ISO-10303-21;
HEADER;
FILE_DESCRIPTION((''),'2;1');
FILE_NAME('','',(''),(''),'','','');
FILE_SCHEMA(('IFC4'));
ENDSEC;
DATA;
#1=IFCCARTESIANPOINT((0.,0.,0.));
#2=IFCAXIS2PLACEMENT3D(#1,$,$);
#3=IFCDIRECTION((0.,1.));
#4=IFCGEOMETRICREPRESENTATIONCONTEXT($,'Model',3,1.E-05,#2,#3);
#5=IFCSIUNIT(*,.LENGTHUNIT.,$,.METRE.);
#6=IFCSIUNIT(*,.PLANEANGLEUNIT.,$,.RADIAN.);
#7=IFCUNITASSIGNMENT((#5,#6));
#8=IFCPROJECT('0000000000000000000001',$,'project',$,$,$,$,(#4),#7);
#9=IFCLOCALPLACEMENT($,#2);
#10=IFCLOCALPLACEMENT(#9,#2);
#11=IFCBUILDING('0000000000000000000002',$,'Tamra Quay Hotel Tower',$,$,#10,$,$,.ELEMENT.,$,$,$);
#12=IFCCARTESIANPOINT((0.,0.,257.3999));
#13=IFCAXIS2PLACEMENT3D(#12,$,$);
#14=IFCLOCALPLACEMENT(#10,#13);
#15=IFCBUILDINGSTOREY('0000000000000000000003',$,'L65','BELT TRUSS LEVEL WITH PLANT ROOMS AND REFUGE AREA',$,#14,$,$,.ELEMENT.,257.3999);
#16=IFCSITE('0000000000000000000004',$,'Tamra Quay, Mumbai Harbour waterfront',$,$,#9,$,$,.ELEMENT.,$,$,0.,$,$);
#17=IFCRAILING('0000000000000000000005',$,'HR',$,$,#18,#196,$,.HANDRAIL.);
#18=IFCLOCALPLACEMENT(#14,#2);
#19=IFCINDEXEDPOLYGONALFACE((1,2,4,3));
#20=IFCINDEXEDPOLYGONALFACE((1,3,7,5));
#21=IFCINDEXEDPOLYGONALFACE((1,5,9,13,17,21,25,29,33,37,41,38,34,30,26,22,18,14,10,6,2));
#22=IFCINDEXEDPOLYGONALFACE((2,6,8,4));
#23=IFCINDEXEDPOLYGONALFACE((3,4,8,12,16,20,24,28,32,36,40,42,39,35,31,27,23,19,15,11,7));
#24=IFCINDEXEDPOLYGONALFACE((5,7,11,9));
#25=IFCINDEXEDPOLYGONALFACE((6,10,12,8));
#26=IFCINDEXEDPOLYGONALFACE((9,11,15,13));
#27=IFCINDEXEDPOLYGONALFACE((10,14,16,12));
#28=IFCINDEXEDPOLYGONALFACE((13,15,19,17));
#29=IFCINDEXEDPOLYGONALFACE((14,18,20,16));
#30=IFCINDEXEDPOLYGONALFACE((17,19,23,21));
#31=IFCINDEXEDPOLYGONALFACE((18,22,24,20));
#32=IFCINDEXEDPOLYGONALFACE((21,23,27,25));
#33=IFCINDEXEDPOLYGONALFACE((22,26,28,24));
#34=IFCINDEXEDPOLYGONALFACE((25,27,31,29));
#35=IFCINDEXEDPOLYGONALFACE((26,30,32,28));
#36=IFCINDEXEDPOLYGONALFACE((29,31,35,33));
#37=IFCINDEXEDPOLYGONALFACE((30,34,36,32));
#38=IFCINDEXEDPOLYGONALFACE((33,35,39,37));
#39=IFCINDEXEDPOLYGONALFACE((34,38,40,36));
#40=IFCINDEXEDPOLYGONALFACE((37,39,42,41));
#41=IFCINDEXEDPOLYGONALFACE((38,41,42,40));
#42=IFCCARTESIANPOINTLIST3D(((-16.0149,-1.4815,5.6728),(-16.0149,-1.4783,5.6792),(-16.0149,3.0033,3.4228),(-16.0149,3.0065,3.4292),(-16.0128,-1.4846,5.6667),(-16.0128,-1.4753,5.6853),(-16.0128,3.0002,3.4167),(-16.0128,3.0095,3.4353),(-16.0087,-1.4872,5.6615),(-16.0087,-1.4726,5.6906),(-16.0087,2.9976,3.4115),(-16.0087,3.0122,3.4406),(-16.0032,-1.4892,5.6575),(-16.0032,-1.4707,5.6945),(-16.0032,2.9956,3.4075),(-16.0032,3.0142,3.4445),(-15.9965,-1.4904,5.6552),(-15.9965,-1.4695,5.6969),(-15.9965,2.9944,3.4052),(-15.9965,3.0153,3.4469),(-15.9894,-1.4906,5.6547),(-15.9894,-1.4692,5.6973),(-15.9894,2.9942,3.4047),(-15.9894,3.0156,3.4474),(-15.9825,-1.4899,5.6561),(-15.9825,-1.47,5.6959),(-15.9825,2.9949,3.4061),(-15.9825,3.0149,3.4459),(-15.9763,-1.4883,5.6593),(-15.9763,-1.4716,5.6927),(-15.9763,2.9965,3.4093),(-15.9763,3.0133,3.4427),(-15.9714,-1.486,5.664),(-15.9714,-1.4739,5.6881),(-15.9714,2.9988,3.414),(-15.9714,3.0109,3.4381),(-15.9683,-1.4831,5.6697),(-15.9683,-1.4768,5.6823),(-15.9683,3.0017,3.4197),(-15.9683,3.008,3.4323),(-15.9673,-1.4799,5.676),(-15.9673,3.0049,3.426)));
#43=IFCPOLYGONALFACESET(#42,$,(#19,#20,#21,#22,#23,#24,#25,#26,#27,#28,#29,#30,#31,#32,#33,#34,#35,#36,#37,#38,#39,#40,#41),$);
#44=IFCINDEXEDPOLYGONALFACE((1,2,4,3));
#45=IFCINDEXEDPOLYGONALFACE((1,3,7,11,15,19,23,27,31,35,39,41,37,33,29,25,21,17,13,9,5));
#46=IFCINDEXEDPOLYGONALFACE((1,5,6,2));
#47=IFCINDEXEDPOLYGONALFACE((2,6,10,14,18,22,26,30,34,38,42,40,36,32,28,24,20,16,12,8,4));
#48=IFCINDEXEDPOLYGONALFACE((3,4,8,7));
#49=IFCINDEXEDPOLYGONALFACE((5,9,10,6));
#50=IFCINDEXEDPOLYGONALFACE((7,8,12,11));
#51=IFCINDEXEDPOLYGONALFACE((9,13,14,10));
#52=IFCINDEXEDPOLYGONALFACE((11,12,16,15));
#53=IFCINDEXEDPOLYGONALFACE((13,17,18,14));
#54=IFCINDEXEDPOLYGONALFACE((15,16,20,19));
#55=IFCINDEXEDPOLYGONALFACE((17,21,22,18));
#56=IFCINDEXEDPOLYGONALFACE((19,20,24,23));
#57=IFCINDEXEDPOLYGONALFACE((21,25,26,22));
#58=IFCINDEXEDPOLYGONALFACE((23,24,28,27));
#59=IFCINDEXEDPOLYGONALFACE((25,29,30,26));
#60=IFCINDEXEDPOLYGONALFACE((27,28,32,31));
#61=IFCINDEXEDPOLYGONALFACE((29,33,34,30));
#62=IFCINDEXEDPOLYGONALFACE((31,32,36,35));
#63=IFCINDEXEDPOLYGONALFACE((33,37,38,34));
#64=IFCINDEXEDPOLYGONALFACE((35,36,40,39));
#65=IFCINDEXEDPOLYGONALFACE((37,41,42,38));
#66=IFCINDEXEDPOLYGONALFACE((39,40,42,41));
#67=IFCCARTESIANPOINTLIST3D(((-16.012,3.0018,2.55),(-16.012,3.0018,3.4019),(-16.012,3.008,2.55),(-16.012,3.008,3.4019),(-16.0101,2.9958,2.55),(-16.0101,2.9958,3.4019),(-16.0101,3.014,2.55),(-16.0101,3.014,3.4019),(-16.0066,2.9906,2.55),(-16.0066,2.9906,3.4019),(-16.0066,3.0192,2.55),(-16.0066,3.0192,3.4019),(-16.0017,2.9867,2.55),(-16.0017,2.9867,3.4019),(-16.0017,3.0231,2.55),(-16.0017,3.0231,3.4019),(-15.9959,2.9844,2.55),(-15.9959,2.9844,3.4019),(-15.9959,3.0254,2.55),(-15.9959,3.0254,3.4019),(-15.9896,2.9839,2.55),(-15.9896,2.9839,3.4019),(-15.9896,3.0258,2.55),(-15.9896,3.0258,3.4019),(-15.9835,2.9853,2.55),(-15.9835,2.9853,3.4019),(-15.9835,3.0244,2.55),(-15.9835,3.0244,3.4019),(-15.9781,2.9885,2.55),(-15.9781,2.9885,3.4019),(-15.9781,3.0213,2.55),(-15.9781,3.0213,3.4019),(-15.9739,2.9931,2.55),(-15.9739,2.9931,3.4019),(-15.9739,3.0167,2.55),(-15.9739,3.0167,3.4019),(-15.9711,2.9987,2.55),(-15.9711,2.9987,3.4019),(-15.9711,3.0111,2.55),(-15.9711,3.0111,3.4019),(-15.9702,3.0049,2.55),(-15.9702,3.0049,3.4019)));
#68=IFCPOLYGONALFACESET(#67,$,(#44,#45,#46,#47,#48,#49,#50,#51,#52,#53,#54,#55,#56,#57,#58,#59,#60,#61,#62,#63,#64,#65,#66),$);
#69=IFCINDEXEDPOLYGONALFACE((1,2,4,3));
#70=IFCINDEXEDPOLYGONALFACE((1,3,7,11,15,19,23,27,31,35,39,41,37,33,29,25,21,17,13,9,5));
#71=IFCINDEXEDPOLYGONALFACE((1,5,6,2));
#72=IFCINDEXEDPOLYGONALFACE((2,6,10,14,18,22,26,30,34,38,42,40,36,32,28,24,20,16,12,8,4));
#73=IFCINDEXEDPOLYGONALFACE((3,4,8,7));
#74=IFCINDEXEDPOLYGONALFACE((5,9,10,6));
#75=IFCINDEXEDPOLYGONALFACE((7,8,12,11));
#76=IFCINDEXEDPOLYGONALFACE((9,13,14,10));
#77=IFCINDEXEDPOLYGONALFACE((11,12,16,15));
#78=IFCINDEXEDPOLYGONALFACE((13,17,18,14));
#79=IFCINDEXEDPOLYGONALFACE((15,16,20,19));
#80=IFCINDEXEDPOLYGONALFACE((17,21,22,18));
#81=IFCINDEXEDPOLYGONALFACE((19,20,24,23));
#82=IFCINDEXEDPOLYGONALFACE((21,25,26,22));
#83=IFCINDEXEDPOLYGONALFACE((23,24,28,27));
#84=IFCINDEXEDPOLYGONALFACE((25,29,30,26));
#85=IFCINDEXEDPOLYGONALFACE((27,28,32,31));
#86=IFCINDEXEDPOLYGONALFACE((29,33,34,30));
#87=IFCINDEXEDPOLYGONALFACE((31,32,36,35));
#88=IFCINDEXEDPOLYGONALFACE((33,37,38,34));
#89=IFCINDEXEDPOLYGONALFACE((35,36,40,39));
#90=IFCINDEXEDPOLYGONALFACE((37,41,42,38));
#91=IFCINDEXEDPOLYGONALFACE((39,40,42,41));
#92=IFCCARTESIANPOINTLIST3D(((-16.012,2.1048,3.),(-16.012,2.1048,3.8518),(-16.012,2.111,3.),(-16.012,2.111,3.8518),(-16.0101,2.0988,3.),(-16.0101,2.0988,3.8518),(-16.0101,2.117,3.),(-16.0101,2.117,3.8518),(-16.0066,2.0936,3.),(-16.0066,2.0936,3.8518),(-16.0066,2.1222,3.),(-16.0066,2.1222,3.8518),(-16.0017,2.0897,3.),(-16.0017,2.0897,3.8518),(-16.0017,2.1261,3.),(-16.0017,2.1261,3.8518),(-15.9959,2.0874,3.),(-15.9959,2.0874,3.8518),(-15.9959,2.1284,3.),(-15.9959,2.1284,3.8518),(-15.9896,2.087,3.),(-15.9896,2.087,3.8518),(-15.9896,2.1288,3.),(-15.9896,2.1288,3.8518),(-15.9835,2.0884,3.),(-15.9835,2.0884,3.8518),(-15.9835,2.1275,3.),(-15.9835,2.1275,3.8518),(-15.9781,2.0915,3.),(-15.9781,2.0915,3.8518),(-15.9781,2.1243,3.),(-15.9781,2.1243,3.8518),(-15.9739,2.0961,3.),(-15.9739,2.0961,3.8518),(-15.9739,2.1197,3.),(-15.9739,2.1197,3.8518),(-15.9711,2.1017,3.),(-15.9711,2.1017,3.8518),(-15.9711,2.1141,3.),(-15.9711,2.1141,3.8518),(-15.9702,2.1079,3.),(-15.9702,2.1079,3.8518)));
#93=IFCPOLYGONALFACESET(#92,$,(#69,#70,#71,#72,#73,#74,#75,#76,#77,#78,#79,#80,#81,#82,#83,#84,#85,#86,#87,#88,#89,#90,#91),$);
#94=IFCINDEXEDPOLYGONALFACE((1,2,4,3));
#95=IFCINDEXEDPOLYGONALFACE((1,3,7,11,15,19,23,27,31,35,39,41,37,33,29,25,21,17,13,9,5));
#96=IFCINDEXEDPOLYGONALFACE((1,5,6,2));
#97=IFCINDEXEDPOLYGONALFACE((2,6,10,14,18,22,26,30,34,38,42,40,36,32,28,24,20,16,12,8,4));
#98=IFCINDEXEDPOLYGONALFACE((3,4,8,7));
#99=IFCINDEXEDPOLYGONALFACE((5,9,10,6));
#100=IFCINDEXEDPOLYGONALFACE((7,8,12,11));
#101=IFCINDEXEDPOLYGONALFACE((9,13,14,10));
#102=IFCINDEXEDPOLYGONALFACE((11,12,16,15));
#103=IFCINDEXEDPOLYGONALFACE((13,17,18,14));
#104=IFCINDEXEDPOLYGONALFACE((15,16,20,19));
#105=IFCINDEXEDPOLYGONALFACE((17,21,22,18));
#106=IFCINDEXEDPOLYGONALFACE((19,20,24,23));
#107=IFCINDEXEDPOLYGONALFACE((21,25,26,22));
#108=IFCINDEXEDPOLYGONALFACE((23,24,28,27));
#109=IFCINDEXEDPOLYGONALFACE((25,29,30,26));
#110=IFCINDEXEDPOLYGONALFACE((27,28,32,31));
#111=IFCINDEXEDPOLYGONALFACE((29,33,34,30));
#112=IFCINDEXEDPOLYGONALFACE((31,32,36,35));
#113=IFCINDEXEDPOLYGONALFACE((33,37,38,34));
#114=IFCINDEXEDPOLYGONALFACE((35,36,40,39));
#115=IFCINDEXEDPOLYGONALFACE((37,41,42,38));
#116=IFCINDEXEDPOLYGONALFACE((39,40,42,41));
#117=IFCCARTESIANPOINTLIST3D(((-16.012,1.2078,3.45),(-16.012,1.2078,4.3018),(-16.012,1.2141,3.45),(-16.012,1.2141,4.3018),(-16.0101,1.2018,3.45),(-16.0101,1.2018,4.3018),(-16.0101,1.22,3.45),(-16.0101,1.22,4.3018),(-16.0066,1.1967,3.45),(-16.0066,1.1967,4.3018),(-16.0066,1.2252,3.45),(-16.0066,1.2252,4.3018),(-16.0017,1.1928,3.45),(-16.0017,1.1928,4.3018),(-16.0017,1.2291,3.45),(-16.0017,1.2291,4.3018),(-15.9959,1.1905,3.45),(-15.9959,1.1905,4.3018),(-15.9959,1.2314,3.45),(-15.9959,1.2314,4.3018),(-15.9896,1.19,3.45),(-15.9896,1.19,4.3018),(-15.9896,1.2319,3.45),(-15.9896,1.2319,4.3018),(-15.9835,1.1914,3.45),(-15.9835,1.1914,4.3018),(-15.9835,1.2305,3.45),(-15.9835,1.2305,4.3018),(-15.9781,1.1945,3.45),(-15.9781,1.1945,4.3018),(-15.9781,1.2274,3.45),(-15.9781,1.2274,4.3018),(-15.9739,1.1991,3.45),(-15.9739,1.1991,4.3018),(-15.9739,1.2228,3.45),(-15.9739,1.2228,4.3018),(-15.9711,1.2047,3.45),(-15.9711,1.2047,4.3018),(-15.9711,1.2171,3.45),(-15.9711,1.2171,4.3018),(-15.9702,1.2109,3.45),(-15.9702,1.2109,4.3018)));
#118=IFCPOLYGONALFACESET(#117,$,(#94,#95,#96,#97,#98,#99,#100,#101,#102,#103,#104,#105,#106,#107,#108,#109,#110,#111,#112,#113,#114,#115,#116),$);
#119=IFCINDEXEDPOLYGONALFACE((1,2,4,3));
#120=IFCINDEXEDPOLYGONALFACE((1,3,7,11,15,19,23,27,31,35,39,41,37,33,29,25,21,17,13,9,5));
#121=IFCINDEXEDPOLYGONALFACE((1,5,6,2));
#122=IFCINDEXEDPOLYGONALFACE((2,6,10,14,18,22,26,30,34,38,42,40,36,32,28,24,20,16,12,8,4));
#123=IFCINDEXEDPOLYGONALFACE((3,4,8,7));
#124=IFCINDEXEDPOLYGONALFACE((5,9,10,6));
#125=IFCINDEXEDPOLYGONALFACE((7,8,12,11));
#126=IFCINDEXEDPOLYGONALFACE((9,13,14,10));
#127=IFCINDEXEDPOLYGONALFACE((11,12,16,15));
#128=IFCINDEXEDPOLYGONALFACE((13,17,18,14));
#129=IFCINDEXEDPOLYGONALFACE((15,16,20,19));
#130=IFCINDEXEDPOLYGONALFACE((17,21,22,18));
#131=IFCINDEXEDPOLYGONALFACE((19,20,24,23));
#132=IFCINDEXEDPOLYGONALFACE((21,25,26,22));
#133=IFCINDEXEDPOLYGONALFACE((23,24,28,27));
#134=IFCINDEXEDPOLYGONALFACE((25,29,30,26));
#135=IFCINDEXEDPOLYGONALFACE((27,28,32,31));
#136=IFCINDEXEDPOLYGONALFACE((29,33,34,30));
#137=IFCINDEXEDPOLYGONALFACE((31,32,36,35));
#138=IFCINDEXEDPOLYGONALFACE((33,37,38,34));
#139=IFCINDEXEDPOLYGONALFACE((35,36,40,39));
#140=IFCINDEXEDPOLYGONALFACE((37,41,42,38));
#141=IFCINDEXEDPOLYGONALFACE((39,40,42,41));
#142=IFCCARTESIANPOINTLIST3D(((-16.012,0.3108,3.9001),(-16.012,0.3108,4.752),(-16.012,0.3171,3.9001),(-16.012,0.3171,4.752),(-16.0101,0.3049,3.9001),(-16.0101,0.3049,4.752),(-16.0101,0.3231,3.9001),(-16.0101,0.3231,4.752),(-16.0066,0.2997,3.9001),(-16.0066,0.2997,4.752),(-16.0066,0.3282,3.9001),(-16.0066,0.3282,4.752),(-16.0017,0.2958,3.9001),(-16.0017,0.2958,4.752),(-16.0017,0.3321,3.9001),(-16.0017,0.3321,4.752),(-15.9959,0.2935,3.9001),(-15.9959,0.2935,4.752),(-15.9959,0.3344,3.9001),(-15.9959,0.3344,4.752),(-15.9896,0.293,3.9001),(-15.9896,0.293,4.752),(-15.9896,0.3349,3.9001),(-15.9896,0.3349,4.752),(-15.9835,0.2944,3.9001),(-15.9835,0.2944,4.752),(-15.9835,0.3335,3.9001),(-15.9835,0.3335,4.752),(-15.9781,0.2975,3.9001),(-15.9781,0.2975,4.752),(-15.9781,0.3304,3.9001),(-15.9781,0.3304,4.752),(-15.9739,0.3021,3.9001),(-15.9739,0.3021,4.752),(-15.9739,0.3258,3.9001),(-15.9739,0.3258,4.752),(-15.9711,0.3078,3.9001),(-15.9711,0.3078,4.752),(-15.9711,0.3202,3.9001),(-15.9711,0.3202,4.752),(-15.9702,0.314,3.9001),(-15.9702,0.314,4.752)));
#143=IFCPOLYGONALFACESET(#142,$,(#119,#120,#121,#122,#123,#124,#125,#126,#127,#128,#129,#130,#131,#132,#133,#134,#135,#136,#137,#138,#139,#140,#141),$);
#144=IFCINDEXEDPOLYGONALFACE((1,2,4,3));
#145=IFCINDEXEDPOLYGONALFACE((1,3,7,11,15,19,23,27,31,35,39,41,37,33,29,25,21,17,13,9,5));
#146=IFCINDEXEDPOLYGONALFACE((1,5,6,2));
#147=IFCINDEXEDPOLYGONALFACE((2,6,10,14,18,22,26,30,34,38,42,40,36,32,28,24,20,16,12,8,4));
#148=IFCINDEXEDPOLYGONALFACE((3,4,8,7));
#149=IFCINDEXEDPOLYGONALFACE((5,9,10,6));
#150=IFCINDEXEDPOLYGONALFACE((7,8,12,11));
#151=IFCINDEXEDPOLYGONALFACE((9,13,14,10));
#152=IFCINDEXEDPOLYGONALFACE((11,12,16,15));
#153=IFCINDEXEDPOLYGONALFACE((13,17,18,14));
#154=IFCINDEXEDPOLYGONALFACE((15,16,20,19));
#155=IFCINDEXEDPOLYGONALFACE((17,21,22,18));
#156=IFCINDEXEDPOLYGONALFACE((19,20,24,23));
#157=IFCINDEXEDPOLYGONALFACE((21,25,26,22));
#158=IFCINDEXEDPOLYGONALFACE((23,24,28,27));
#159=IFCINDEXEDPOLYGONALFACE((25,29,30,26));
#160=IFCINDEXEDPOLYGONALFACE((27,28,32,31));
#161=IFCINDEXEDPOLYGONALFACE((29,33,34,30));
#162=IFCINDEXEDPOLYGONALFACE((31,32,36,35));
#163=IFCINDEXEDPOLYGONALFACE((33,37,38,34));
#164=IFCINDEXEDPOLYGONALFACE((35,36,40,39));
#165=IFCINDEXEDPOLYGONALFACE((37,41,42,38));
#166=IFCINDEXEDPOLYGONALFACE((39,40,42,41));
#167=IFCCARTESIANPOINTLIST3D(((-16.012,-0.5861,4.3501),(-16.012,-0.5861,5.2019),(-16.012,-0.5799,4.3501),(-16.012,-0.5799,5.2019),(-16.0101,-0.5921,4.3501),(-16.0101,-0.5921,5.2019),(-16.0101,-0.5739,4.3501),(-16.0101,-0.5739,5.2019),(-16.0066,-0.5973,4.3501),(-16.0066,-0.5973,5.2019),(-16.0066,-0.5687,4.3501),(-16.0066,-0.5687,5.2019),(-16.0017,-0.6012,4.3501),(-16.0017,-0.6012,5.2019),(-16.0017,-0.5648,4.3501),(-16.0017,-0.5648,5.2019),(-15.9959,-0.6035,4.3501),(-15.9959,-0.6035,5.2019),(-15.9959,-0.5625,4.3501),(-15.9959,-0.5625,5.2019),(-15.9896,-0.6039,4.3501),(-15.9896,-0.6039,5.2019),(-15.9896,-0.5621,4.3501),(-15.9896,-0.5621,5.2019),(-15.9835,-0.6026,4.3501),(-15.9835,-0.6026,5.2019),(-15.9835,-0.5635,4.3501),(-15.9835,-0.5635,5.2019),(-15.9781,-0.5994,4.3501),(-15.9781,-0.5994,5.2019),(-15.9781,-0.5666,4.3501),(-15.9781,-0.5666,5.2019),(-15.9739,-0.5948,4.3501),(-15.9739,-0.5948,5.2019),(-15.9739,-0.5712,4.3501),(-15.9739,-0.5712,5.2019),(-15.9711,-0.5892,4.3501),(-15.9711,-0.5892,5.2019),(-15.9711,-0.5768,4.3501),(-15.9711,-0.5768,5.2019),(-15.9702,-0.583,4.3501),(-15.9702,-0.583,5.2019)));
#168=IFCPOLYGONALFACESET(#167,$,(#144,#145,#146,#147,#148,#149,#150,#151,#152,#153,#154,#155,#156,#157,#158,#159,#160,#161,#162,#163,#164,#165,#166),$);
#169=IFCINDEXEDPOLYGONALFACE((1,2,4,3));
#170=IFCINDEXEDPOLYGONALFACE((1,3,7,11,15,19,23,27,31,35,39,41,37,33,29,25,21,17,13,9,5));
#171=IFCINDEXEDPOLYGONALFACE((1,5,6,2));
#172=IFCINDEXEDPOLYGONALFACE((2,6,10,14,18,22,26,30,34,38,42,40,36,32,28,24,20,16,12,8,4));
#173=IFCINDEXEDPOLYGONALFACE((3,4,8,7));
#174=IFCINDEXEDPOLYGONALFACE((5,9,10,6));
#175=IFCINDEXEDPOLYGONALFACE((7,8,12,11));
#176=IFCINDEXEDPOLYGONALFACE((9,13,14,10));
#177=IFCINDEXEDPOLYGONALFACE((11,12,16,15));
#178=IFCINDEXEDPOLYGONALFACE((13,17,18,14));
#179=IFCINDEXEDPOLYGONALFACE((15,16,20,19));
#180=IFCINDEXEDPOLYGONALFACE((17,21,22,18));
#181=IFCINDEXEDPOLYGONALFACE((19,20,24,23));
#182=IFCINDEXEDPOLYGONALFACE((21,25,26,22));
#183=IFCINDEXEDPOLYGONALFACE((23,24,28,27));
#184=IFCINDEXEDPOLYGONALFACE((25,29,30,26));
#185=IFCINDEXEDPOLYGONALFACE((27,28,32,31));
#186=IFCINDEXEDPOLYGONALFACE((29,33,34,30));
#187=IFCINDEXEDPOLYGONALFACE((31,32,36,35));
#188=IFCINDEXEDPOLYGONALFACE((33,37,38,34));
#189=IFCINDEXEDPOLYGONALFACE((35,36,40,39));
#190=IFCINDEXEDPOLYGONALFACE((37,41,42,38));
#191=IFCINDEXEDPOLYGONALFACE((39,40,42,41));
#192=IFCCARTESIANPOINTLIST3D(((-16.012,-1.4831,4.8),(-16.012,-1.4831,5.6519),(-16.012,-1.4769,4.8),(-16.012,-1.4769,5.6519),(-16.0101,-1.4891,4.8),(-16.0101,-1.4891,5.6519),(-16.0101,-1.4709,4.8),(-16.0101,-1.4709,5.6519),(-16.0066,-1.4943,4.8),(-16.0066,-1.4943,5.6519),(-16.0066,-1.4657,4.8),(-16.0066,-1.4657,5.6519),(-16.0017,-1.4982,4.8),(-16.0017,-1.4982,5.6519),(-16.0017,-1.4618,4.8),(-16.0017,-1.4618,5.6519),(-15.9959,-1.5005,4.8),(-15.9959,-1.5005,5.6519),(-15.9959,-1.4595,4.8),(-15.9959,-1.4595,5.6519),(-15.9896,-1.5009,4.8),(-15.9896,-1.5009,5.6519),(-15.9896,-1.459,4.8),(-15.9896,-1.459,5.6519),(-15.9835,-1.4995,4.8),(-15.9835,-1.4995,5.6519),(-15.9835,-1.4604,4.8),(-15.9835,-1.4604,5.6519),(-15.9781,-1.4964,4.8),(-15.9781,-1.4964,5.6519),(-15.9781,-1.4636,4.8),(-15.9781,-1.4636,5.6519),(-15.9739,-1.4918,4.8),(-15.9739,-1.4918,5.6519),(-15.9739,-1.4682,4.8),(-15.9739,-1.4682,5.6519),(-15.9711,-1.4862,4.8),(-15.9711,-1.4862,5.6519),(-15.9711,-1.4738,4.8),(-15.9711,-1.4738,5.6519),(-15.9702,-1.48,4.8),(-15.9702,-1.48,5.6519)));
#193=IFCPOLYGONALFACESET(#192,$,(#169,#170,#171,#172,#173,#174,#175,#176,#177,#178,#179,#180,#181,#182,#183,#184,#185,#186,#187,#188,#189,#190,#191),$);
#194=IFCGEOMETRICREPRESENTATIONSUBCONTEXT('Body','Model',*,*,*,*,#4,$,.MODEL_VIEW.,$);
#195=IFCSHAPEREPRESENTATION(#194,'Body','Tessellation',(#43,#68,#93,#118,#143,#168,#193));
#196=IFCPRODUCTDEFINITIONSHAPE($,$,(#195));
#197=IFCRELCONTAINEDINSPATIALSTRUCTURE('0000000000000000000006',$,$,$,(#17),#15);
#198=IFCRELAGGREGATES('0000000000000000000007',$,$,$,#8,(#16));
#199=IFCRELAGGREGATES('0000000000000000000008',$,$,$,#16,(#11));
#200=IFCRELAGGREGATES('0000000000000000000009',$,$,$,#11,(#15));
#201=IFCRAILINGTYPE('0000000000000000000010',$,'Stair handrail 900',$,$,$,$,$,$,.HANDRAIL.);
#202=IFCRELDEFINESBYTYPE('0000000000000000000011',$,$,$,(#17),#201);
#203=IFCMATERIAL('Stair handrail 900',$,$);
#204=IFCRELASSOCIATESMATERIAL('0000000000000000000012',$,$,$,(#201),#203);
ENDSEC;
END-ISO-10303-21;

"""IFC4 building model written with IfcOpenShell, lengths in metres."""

from ifc_helpers import new_model, si_unit, direction, frame, origin, origin_2d, place, context, subcontext, project, spatial, circle, extrude, material, type_object, element, save


model = new_model("IFC4")

# Units and contexts
model_context = context("Model", 3, precision=1e-05, world=origin(), true_north=direction((0.0, 1.0)))
body_context = subcontext(model_context, "Body", "Model", "MODEL_VIEW")
ifc_project = project(units=[si_unit("LENGTHUNIT", "METRE"), si_unit("PLANEANGLEUNIT", "RADIAN")], contexts=[model_context])

# Site, building, storey
site_placement = place(None, origin())
site = spatial("IfcSite", under=ifc_project, at=site_placement, Name="Tamra Quay, Mumbai Harbour waterfront", CompositionType="ELEMENT", RefElevation=0.0)
building_placement = place(site_placement, origin())
building = spatial("IfcBuilding", under=site, at=building_placement, Name="Tamra Quay Hotel Tower", CompositionType="ELEMENT")
storey_placement = place(building_placement, frame((0.0, 0.0, 257.3999)))
storey = spatial("IfcBuildingStorey", under=building, at=storey_placement, Name="L65", Description="BELT TRUSS LEVEL WITH PLANT ROOMS AND REFUGE AREA", CompositionType="ELEMENT", Elevation=257.3999)

# Railing
ifc_material_1 = material(Name="Stair handrail 900")
railing_type = type_object("IfcRailingType", Name="Stair handrail 900", PredefinedType="HANDRAIL", material=ifc_material_1)
railing_placement = place(storey_placement, frame((-15.9912, 3.0049, 2.55)))
element("IfcRailing", 1, at=railing_placement, inside=storey, type_object=railing_type, Name="HR", PredefinedType="HANDRAIL", context=body_context, shape_type="SweptSolid", body=[
    extrude(circle(Radius=0.0239, at=origin_2d()), frame((0.0, 0.0, 0.876), z_axis=(0.0, -0.893823, 0.44842), x_axis=(1.0, 0.0, 0.0)), (0.0, 0.0, 1.0), 5.0176),
    extrude(circle(Radius=0.021, at=origin_2d()), origin(), (0.0, 0.0, 1.0), 0.8518),
    extrude(circle(Radius=0.021, at=origin_2d()), frame((0.0, -0.897, 0.45)), (0.0, 0.0, 1.0), 0.8518),
    extrude(circle(Radius=0.021, at=origin_2d()), frame((0.0, -1.7939, 0.8999)), (0.0, 0.0, 1.0), 0.8518),
    extrude(circle(Radius=0.021, at=origin_2d()), frame((0.0, -2.6909, 1.3501)), (0.0, 0.0, 1.0), 0.8518),
    extrude(circle(Radius=0.021, at=origin_2d()), frame((0.0, -3.5879, 1.8)), (0.0, 0.0, 1.0), 0.8518),
    extrude(circle(Radius=0.021, at=origin_2d()), frame((0.0, -4.4849, 2.25)), (0.0, 0.0, 1.0), 0.8518),
])

save(model, "model.ifc")
